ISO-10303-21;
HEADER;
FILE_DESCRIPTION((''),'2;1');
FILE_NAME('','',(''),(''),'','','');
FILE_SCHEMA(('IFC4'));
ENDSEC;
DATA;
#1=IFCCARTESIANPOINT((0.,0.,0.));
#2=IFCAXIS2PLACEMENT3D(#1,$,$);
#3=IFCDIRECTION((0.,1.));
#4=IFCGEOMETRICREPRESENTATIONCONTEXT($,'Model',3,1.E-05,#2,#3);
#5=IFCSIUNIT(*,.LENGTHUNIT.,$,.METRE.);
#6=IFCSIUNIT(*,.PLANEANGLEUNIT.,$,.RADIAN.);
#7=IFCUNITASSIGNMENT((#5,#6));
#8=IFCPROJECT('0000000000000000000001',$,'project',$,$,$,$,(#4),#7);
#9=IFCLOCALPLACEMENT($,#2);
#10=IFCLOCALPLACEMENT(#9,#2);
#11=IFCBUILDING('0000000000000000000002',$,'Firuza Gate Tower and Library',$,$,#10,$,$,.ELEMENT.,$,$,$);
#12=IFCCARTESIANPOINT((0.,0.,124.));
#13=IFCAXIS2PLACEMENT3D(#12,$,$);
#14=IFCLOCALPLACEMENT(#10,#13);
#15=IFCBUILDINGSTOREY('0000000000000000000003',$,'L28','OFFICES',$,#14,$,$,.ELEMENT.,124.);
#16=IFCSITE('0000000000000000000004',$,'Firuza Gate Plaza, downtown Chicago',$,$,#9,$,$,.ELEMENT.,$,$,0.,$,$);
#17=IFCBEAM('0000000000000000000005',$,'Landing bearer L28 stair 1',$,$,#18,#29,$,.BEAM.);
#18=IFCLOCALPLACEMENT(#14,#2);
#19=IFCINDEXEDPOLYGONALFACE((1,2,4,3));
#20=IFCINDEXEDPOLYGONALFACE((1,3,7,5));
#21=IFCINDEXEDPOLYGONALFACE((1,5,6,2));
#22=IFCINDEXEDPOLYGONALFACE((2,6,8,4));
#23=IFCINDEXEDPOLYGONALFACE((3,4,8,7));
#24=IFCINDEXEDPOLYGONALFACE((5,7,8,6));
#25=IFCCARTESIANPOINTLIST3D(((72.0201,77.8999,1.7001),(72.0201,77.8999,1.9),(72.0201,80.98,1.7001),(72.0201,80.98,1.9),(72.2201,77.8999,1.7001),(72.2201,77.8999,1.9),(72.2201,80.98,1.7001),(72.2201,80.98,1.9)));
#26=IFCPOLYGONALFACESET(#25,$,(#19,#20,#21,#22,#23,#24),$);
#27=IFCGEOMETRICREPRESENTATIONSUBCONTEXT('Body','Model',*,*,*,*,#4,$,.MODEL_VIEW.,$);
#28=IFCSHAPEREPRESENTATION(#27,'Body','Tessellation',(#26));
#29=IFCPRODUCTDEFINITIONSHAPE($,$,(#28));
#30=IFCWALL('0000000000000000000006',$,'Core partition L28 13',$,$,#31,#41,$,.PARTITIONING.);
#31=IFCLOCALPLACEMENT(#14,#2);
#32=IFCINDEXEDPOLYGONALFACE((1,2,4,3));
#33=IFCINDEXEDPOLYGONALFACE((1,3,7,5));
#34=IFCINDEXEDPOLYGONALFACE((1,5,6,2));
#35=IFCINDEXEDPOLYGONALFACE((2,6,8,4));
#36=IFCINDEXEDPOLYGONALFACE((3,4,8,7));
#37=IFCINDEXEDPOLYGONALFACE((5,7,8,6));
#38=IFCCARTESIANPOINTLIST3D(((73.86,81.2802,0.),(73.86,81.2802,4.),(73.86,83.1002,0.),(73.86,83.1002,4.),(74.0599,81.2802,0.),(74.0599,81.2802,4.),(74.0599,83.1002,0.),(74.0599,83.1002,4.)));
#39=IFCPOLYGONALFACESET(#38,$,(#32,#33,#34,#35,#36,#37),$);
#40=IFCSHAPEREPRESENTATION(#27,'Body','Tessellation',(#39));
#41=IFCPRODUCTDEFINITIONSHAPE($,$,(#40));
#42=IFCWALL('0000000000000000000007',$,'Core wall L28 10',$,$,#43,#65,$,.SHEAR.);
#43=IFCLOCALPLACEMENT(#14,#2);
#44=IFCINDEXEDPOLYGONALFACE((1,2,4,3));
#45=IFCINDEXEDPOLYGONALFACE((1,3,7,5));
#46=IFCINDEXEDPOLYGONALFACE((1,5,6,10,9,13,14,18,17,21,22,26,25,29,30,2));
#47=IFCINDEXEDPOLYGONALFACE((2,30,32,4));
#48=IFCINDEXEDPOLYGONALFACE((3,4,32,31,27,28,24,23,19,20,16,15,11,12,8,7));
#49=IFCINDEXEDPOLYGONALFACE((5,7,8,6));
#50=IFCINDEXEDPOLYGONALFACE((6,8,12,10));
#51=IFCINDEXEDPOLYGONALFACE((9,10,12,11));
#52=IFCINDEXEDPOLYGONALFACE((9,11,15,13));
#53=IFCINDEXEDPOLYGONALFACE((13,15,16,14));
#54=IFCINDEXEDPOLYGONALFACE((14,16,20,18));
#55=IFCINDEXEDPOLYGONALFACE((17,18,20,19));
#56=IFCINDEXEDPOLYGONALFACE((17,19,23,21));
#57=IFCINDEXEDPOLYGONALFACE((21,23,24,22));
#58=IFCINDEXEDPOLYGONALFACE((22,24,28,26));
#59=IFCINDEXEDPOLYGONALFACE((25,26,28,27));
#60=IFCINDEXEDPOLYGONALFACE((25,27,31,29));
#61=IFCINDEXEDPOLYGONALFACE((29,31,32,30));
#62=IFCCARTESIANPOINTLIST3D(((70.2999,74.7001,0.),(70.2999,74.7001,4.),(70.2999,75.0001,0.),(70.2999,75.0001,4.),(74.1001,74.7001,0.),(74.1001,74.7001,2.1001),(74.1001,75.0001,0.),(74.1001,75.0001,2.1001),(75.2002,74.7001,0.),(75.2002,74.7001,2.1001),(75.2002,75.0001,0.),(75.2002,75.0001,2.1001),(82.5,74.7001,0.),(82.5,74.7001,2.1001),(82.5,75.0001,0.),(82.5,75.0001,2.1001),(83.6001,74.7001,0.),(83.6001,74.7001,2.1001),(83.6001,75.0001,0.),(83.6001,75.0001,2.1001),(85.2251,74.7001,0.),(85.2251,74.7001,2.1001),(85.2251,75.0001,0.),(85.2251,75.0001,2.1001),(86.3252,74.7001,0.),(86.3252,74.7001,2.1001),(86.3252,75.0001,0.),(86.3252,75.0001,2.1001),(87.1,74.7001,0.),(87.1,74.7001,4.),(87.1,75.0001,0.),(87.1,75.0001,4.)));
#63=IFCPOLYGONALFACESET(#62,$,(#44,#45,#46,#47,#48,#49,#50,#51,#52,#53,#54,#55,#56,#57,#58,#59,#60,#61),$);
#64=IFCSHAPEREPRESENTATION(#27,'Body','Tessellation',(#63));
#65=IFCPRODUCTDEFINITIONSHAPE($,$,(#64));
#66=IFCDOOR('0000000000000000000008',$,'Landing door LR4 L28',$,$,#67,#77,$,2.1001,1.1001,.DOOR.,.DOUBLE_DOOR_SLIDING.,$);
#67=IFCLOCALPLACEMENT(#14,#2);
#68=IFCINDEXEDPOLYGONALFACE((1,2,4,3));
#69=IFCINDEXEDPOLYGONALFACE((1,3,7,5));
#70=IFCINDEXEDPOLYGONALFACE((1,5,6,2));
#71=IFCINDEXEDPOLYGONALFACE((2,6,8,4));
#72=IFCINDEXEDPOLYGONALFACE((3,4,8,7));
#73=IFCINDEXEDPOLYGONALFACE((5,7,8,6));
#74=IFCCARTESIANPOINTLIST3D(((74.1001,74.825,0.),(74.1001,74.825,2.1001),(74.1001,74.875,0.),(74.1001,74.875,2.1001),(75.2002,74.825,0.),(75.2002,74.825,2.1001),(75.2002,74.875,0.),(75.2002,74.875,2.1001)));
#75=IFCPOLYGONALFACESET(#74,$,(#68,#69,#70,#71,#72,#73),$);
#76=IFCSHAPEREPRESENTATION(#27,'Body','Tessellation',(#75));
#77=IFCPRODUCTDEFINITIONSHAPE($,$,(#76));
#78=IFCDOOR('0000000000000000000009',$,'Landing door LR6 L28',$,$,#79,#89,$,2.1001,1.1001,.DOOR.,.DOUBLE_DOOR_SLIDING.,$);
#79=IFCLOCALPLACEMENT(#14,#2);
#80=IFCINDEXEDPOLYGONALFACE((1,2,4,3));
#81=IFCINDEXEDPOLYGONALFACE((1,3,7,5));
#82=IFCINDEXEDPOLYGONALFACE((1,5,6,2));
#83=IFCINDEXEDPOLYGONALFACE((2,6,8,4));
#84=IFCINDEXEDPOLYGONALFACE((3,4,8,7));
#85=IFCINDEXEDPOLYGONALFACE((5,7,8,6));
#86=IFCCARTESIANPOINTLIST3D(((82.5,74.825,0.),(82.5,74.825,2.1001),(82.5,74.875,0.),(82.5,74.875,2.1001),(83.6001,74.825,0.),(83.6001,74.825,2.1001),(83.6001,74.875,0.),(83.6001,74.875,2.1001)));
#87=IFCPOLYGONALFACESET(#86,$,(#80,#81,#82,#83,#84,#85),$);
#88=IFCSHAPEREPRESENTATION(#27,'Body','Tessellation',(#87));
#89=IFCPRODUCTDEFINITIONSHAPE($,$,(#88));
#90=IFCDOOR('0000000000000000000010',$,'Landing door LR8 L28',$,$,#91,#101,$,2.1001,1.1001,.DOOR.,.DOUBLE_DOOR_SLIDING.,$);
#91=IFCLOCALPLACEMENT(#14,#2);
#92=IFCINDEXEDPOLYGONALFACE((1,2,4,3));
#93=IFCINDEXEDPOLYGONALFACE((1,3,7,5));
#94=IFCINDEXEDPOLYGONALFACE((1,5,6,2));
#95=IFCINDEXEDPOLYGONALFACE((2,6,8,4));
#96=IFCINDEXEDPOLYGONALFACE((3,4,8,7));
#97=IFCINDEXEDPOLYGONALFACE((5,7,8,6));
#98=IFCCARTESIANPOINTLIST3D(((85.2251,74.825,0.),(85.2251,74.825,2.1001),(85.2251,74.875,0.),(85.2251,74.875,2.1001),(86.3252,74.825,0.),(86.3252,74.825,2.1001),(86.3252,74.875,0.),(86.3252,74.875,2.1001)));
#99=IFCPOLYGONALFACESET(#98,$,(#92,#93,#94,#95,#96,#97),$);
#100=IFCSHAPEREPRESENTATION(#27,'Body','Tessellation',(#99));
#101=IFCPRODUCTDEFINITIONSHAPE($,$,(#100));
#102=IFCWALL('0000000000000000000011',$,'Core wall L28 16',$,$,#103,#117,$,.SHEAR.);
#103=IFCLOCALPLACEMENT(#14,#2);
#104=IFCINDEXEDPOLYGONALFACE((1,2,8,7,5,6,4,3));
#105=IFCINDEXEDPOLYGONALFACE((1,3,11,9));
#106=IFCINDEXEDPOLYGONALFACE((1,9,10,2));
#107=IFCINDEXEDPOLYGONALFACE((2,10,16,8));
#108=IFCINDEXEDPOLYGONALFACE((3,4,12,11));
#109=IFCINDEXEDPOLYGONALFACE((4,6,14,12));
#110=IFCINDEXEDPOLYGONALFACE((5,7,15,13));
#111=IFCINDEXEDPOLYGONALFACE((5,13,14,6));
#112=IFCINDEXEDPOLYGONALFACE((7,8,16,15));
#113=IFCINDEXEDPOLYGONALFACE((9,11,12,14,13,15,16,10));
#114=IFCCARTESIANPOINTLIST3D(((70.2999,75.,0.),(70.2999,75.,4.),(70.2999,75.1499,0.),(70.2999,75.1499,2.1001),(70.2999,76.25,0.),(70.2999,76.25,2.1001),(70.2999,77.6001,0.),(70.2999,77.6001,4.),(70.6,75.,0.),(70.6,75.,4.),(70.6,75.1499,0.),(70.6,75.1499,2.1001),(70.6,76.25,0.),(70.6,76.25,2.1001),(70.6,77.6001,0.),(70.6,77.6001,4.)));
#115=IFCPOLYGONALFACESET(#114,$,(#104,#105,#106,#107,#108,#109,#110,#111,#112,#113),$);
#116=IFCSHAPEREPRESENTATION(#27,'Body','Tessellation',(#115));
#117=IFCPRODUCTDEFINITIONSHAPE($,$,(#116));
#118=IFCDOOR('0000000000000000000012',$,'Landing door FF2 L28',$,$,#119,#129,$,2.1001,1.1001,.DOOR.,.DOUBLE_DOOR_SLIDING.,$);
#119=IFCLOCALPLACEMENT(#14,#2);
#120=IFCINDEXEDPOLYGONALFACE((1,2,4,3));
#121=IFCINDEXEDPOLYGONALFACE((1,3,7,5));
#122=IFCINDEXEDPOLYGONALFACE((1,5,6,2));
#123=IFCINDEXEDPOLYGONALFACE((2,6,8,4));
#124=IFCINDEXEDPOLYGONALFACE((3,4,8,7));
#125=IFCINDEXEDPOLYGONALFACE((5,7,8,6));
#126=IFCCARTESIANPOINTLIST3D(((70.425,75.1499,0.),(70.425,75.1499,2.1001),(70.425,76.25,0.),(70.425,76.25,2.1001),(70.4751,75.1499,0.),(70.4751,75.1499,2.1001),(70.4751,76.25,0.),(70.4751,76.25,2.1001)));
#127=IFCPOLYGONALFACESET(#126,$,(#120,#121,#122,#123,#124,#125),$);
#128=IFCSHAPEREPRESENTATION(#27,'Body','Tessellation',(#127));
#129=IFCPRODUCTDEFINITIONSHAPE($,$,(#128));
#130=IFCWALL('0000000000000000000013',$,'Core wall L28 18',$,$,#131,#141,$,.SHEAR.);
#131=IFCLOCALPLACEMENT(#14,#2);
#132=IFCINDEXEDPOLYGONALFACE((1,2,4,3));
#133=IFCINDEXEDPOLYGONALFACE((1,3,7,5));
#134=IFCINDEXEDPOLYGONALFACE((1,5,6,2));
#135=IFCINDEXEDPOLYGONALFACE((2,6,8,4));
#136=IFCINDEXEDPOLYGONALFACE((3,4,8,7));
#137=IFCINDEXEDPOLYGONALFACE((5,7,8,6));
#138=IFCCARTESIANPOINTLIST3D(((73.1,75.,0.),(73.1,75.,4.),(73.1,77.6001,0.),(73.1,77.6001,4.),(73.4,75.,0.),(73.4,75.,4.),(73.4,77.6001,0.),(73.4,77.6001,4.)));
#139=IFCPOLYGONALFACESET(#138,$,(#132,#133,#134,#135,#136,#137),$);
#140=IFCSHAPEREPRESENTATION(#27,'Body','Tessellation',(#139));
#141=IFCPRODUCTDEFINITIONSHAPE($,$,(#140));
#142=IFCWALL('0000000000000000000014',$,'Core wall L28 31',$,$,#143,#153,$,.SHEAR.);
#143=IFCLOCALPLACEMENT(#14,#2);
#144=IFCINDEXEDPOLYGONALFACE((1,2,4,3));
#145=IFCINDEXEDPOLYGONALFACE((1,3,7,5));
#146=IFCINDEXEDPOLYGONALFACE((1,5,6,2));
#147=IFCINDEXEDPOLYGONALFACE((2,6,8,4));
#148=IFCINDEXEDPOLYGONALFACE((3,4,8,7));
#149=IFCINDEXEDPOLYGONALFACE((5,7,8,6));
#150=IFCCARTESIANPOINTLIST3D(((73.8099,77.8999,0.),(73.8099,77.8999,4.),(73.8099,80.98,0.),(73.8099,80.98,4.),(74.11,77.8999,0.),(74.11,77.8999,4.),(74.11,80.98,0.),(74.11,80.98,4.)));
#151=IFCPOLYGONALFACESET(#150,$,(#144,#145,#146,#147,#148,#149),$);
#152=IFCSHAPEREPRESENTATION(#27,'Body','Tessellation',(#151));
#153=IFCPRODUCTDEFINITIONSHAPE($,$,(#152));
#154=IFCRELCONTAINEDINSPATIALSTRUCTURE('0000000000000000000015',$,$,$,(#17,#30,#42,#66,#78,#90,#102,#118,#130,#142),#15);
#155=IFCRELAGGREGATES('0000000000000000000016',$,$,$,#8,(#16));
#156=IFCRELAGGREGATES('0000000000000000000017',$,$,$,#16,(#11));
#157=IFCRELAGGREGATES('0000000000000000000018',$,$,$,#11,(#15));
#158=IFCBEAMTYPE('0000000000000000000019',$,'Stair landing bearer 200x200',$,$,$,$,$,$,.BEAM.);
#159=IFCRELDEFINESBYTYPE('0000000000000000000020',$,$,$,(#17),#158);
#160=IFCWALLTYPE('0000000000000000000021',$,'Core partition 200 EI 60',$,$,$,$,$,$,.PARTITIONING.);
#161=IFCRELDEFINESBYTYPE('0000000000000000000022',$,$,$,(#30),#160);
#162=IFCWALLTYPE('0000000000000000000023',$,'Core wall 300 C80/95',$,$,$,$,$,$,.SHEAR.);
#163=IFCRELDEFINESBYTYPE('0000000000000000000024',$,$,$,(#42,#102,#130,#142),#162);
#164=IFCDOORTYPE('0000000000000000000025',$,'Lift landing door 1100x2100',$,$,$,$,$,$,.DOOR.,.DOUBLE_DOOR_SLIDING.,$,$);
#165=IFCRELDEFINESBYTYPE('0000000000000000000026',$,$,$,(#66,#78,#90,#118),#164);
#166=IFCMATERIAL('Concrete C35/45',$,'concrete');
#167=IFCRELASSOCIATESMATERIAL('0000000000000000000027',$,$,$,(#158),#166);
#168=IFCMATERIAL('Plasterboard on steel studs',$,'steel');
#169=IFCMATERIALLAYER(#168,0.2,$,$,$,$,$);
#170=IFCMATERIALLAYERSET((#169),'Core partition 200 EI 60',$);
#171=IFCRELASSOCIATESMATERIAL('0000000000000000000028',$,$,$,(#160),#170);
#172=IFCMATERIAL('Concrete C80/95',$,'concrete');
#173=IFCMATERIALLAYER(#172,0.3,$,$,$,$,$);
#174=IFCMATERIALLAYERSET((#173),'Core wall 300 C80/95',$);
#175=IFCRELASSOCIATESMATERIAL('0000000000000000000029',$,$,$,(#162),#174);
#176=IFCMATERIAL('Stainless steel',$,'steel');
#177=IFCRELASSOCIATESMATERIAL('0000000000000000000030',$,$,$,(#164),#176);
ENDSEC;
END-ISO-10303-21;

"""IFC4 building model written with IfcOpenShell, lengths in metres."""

from ifc_helpers import new_model, si_unit, direction, frame, frame_2d, origin, origin_2d, place, context, subcontext, project, spatial, rectangle, extrude, material, layer, layer_set, material_profile, profile_set, type_object, element, fill, save


model = new_model("IFC4")

# Units and contexts
model_context = context("Model", 3, precision=1e-05, world=origin(), true_north=direction((0.0, 1.0)))
body_context = subcontext(model_context, "Body", "Model", "MODEL_VIEW")
ifc_project = project(units=[si_unit("LENGTHUNIT", "METRE"), si_unit("PLANEANGLEUNIT", "RADIAN")], contexts=[model_context])

# Site, building, storey
site_placement = place(None, origin())
site = spatial("IfcSite", under=ifc_project, at=site_placement, Name="Firuza Gate Plaza, downtown Chicago", CompositionType="ELEMENT", RefElevation=0.0)
building_placement = place(site_placement, origin())
building = spatial("IfcBuilding", under=site, at=building_placement, Name="Firuza Gate Tower and Library", CompositionType="ELEMENT")
storey_placement = place(building_placement, frame((0.0, 0.0, 124.0)))
storey = spatial("IfcBuildingStorey", under=building, at=storey_placement, Name="L28", Description="OFFICES", CompositionType="ELEMENT", Elevation=124.0)

# Beam
ifc_material_1 = material(Name="Concrete C35/45", Category="concrete")
ifc_material_profile = material_profile(ifc_material_1, rectangle(XDim=0.2, YDim=0.2, at=origin_2d()))
ifc_profile_set = profile_set([ifc_material_profile], Name="Concrete C35/45")
beam_type = type_object("IfcBeamType", Name="Stair landing bearer 200x200", PredefinedType="BEAM", material=ifc_profile_set)
beam_placement = place(storey_placement, frame((72.1201, 77.8999, 1.8), z_axis=(0.0, 1.0, 0.0), x_axis=(-1.0, 0.0, 0.0)))
element("IfcBeam", 1, at=beam_placement, inside=storey, type_object=beam_type, Name="Landing bearer L28 stair 1", PredefinedType="BEAM", context=body_context, shape_type="SweptSolid", body=[
    extrude(rectangle(XDim=0.2, YDim=0.2, at=origin_2d()), origin(), (0.0, 0.0, 1.0), 3.0801),
])

# Wall
ifc_material_2 = material(Name="Plasterboard on steel studs", Category="steel")
ifc_layer_1 = layer(ifc_material_2, 0.2)
ifc_layer_set_1 = layer_set([ifc_layer_1], Name="Core partition 200 EI 60")
wall_type_1 = type_object("IfcWallType", Name="Core partition 200 EI 60", PredefinedType="PARTITIONING", material=ifc_layer_set_1)
wall_1_placement = place(storey_placement, frame((73.96, 81.28, 0.0), z_axis=(0.0, 0.0, 1.0), x_axis=(0.0, 1.0, 0.0)))
element("IfcWall", 2, at=wall_1_placement, inside=storey, type_object=wall_type_1, Name="Core partition L28 13", PredefinedType="PARTITIONING", context=body_context, shape_type="SweptSolid", body=[
    extrude(rectangle(XDim=1.8201, YDim=0.2, at=frame_2d((0.9102, 0.0))), origin(), (0.0, 0.0, 1.0), 4.0),
])

# Wall, openings, doors
ifc_material_3 = material(Name="Concrete C80/95", Category="concrete")
ifc_layer_2 = layer(ifc_material_3, 0.3)
ifc_layer_set_2 = layer_set([ifc_layer_2], Name="Core wall 300 C80/95")
wall_type_2 = type_object("IfcWallType", Name="Core wall 300 C80/95", PredefinedType="SHEAR", material=ifc_layer_set_2)
wall_2_placement = place(storey_placement, frame((70.3, 74.8501, 0.0), z_axis=(0.0, 0.0, 1.0), x_axis=(1.0, 0.0, 0.0)))
wall_2 = element("IfcWall", 3, at=wall_2_placement, inside=storey, type_object=wall_type_2, Name="Core wall L28 10", PredefinedType="SHEAR", context=body_context, shape_type="SweptSolid", body=[
    extrude(rectangle(XDim=16.8, YDim=0.3, at=frame_2d((8.3999, 0.0))), origin(), (0.0, 0.0, 1.0), 4.0),
])
opening_1_placement = place(wall_2_placement, frame((3.8, 0.0, 0.0)))
opening_1 = element("IfcOpeningElement", 4, at=opening_1_placement, cuts=wall_2, PredefinedType="OPENING", context=body_context, shape_type="SweptSolid", body=[
    extrude(rectangle(XDim=1.1001, YDim=2.1001, at=frame_2d((0.55, 1.05))), frame((0.0, 0.1602, 0.0), z_axis=(0.0, -1.0, 0.0), x_axis=(1.0, 0.0, 0.0)), (0.0, 0.0, 1.0), 0.3201),
])
opening_2_placement = place(wall_2_placement, frame((12.2, 0.0, 0.0)))
opening_2 = element("IfcOpeningElement", 5, at=opening_2_placement, cuts=wall_2, PredefinedType="OPENING", context=body_context, shape_type="SweptSolid", body=[
    extrude(rectangle(XDim=1.1001, YDim=2.1001, at=frame_2d((0.55, 1.05))), frame((0.0, 0.1602, 0.0), z_axis=(0.0, -1.0, 0.0), x_axis=(1.0, 0.0, 0.0)), (0.0, 0.0, 1.0), 0.3201),
])
opening_3_placement = place(wall_2_placement, frame((14.925, 0.0, 0.0)))
opening_3 = element("IfcOpeningElement", 6, at=opening_3_placement, cuts=wall_2, PredefinedType="OPENING", context=body_context, shape_type="SweptSolid", body=[
    extrude(rectangle(XDim=1.1001, YDim=2.1001, at=frame_2d((0.55, 1.05))), frame((0.0, 0.1602, 0.0), z_axis=(0.0, -1.0, 0.0), x_axis=(1.0, 0.0, 0.0)), (0.0, 0.0, 1.0), 0.3201),
])
ifc_material_4 = material(Name="Stainless steel", Category="steel")
door_type_1 = type_object("IfcDoorType", Name="Lift landing door 1100x2100", OperationType="DOUBLE_DOOR_SLIDING", PredefinedType="DOOR", material=ifc_material_4)
door_1_placement = place(opening_1_placement, origin())
door_1 = element("IfcDoor", 7, at=door_1_placement, inside=storey, type_object=door_type_1, Name="Landing door LR4 L28", OperationType="DOUBLE_DOOR_SLIDING", OverallHeight=2.1001, OverallWidth=1.1001, PredefinedType="DOOR", context=body_context, shape_type="SweptSolid", body=[
    extrude(rectangle(XDim=1.1001, YDim=2.1001, at=frame_2d((0.55, 1.05))), frame((0.0, 0.0249, 0.0), z_axis=(0.0, -1.0, 0.0), x_axis=(1.0, 0.0, 0.0)), (0.0, 0.0, 1.0), 0.05),
])
fill(opening_1, door_1)
door_2_placement = place(opening_2_placement, origin())
door_2 = element("IfcDoor", 8, at=door_2_placement, inside=storey, type_object=door_type_1, Name="Landing door LR6 L28", OperationType="DOUBLE_DOOR_SLIDING", OverallHeight=2.1001, OverallWidth=1.1001, PredefinedType="DOOR", context=body_context, shape_type="SweptSolid", body=[
    extrude(rectangle(XDim=1.1001, YDim=2.1001, at=frame_2d((0.55, 1.05))), frame((0.0, 0.0249, 0.0), z_axis=(0.0, -1.0, 0.0), x_axis=(1.0, 0.0, 0.0)), (0.0, 0.0, 1.0), 0.05),
])
fill(opening_2, door_2)
door_3_placement = place(opening_3_placement, origin())
door_3 = element("IfcDoor", 9, at=door_3_placement, inside=storey, type_object=door_type_1, Name="Landing door LR8 L28", OperationType="DOUBLE_DOOR_SLIDING", OverallHeight=2.1001, OverallWidth=1.1001, PredefinedType="DOOR", context=body_context, shape_type="SweptSolid", body=[
    extrude(rectangle(XDim=1.1001, YDim=2.1001, at=frame_2d((0.55, 1.05))), frame((0.0, 0.0249, 0.0), z_axis=(0.0, -1.0, 0.0), x_axis=(1.0, 0.0, 0.0)), (0.0, 0.0, 1.0), 0.05),
])
fill(opening_3, door_3)

# Wall, opening, door
wall_3_placement = place(storey_placement, frame((70.45, 75.0, 0.0), z_axis=(0.0, 0.0, 1.0), x_axis=(0.0, 1.0, 0.0)))
wall_3 = element("IfcWall", 10, at=wall_3_placement, inside=storey, type_object=wall_type_2, Name="Core wall L28 16", PredefinedType="SHEAR", context=body_context, shape_type="SweptSolid", body=[
    extrude(rectangle(XDim=2.6001, YDim=0.3, at=frame_2d((1.3, 0.0))), origin(), (0.0, 0.0, 1.0), 4.0),
])
opening_4_placement = place(wall_3_placement, frame((0.1499, 0.0, 0.0)))
opening_4 = element("IfcOpeningElement", 11, at=opening_4_placement, cuts=wall_3, PredefinedType="OPENING", context=body_context, shape_type="SweptSolid", body=[
    extrude(rectangle(XDim=1.1001, YDim=2.1001, at=frame_2d((0.55, 1.05))), frame((0.0, 0.1602, 0.0), z_axis=(0.0, -1.0, 0.0), x_axis=(1.0, 0.0, 0.0)), (0.0, 0.0, 1.0), 0.3201),
])
door_4_placement = place(opening_4_placement, origin())
door_4 = element("IfcDoor", 12, at=door_4_placement, inside=storey, type_object=door_type_1, Name="Landing door FF2 L28", OperationType="DOUBLE_DOOR_SLIDING", OverallHeight=2.1001, OverallWidth=1.1001, PredefinedType="DOOR", context=body_context, shape_type="SweptSolid", body=[
    extrude(rectangle(XDim=1.1001, YDim=2.1001, at=frame_2d((0.55, 1.05))), frame((0.0, 0.0249, 0.0), z_axis=(0.0, -1.0, 0.0), x_axis=(1.0, 0.0, 0.0)), (0.0, 0.0, 1.0), 0.05),
])
fill(opening_4, door_4)

# Walls
wall_4_placement = place(storey_placement, frame((73.25, 75.0, 0.0), z_axis=(0.0, 0.0, 1.0), x_axis=(0.0, 1.0, 0.0)))
element("IfcWall", 13, at=wall_4_placement, inside=storey, type_object=wall_type_2, Name="Core wall L28 18", PredefinedType="SHEAR", context=body_context, shape_type="SweptSolid", body=[
    extrude(rectangle(XDim=2.6001, YDim=0.3, at=frame_2d((1.3, 0.0))), origin(), (0.0, 0.0, 1.0), 4.0),
])
wall_5_placement = place(storey_placement, frame((73.96, 77.8999, 0.0), z_axis=(0.0, 0.0, 1.0), x_axis=(0.0, 1.0, 0.0)))
element("IfcWall", 14, at=wall_5_placement, inside=storey, type_object=wall_type_2, Name="Core wall L28 31", PredefinedType="SHEAR", context=body_context, shape_type="SweptSolid", body=[
    extrude(rectangle(XDim=3.0801, YDim=0.3, at=frame_2d((1.54, 0.0))), origin(), (0.0, 0.0, 1.0), 4.0),
])

save(model, "model.ifc")
